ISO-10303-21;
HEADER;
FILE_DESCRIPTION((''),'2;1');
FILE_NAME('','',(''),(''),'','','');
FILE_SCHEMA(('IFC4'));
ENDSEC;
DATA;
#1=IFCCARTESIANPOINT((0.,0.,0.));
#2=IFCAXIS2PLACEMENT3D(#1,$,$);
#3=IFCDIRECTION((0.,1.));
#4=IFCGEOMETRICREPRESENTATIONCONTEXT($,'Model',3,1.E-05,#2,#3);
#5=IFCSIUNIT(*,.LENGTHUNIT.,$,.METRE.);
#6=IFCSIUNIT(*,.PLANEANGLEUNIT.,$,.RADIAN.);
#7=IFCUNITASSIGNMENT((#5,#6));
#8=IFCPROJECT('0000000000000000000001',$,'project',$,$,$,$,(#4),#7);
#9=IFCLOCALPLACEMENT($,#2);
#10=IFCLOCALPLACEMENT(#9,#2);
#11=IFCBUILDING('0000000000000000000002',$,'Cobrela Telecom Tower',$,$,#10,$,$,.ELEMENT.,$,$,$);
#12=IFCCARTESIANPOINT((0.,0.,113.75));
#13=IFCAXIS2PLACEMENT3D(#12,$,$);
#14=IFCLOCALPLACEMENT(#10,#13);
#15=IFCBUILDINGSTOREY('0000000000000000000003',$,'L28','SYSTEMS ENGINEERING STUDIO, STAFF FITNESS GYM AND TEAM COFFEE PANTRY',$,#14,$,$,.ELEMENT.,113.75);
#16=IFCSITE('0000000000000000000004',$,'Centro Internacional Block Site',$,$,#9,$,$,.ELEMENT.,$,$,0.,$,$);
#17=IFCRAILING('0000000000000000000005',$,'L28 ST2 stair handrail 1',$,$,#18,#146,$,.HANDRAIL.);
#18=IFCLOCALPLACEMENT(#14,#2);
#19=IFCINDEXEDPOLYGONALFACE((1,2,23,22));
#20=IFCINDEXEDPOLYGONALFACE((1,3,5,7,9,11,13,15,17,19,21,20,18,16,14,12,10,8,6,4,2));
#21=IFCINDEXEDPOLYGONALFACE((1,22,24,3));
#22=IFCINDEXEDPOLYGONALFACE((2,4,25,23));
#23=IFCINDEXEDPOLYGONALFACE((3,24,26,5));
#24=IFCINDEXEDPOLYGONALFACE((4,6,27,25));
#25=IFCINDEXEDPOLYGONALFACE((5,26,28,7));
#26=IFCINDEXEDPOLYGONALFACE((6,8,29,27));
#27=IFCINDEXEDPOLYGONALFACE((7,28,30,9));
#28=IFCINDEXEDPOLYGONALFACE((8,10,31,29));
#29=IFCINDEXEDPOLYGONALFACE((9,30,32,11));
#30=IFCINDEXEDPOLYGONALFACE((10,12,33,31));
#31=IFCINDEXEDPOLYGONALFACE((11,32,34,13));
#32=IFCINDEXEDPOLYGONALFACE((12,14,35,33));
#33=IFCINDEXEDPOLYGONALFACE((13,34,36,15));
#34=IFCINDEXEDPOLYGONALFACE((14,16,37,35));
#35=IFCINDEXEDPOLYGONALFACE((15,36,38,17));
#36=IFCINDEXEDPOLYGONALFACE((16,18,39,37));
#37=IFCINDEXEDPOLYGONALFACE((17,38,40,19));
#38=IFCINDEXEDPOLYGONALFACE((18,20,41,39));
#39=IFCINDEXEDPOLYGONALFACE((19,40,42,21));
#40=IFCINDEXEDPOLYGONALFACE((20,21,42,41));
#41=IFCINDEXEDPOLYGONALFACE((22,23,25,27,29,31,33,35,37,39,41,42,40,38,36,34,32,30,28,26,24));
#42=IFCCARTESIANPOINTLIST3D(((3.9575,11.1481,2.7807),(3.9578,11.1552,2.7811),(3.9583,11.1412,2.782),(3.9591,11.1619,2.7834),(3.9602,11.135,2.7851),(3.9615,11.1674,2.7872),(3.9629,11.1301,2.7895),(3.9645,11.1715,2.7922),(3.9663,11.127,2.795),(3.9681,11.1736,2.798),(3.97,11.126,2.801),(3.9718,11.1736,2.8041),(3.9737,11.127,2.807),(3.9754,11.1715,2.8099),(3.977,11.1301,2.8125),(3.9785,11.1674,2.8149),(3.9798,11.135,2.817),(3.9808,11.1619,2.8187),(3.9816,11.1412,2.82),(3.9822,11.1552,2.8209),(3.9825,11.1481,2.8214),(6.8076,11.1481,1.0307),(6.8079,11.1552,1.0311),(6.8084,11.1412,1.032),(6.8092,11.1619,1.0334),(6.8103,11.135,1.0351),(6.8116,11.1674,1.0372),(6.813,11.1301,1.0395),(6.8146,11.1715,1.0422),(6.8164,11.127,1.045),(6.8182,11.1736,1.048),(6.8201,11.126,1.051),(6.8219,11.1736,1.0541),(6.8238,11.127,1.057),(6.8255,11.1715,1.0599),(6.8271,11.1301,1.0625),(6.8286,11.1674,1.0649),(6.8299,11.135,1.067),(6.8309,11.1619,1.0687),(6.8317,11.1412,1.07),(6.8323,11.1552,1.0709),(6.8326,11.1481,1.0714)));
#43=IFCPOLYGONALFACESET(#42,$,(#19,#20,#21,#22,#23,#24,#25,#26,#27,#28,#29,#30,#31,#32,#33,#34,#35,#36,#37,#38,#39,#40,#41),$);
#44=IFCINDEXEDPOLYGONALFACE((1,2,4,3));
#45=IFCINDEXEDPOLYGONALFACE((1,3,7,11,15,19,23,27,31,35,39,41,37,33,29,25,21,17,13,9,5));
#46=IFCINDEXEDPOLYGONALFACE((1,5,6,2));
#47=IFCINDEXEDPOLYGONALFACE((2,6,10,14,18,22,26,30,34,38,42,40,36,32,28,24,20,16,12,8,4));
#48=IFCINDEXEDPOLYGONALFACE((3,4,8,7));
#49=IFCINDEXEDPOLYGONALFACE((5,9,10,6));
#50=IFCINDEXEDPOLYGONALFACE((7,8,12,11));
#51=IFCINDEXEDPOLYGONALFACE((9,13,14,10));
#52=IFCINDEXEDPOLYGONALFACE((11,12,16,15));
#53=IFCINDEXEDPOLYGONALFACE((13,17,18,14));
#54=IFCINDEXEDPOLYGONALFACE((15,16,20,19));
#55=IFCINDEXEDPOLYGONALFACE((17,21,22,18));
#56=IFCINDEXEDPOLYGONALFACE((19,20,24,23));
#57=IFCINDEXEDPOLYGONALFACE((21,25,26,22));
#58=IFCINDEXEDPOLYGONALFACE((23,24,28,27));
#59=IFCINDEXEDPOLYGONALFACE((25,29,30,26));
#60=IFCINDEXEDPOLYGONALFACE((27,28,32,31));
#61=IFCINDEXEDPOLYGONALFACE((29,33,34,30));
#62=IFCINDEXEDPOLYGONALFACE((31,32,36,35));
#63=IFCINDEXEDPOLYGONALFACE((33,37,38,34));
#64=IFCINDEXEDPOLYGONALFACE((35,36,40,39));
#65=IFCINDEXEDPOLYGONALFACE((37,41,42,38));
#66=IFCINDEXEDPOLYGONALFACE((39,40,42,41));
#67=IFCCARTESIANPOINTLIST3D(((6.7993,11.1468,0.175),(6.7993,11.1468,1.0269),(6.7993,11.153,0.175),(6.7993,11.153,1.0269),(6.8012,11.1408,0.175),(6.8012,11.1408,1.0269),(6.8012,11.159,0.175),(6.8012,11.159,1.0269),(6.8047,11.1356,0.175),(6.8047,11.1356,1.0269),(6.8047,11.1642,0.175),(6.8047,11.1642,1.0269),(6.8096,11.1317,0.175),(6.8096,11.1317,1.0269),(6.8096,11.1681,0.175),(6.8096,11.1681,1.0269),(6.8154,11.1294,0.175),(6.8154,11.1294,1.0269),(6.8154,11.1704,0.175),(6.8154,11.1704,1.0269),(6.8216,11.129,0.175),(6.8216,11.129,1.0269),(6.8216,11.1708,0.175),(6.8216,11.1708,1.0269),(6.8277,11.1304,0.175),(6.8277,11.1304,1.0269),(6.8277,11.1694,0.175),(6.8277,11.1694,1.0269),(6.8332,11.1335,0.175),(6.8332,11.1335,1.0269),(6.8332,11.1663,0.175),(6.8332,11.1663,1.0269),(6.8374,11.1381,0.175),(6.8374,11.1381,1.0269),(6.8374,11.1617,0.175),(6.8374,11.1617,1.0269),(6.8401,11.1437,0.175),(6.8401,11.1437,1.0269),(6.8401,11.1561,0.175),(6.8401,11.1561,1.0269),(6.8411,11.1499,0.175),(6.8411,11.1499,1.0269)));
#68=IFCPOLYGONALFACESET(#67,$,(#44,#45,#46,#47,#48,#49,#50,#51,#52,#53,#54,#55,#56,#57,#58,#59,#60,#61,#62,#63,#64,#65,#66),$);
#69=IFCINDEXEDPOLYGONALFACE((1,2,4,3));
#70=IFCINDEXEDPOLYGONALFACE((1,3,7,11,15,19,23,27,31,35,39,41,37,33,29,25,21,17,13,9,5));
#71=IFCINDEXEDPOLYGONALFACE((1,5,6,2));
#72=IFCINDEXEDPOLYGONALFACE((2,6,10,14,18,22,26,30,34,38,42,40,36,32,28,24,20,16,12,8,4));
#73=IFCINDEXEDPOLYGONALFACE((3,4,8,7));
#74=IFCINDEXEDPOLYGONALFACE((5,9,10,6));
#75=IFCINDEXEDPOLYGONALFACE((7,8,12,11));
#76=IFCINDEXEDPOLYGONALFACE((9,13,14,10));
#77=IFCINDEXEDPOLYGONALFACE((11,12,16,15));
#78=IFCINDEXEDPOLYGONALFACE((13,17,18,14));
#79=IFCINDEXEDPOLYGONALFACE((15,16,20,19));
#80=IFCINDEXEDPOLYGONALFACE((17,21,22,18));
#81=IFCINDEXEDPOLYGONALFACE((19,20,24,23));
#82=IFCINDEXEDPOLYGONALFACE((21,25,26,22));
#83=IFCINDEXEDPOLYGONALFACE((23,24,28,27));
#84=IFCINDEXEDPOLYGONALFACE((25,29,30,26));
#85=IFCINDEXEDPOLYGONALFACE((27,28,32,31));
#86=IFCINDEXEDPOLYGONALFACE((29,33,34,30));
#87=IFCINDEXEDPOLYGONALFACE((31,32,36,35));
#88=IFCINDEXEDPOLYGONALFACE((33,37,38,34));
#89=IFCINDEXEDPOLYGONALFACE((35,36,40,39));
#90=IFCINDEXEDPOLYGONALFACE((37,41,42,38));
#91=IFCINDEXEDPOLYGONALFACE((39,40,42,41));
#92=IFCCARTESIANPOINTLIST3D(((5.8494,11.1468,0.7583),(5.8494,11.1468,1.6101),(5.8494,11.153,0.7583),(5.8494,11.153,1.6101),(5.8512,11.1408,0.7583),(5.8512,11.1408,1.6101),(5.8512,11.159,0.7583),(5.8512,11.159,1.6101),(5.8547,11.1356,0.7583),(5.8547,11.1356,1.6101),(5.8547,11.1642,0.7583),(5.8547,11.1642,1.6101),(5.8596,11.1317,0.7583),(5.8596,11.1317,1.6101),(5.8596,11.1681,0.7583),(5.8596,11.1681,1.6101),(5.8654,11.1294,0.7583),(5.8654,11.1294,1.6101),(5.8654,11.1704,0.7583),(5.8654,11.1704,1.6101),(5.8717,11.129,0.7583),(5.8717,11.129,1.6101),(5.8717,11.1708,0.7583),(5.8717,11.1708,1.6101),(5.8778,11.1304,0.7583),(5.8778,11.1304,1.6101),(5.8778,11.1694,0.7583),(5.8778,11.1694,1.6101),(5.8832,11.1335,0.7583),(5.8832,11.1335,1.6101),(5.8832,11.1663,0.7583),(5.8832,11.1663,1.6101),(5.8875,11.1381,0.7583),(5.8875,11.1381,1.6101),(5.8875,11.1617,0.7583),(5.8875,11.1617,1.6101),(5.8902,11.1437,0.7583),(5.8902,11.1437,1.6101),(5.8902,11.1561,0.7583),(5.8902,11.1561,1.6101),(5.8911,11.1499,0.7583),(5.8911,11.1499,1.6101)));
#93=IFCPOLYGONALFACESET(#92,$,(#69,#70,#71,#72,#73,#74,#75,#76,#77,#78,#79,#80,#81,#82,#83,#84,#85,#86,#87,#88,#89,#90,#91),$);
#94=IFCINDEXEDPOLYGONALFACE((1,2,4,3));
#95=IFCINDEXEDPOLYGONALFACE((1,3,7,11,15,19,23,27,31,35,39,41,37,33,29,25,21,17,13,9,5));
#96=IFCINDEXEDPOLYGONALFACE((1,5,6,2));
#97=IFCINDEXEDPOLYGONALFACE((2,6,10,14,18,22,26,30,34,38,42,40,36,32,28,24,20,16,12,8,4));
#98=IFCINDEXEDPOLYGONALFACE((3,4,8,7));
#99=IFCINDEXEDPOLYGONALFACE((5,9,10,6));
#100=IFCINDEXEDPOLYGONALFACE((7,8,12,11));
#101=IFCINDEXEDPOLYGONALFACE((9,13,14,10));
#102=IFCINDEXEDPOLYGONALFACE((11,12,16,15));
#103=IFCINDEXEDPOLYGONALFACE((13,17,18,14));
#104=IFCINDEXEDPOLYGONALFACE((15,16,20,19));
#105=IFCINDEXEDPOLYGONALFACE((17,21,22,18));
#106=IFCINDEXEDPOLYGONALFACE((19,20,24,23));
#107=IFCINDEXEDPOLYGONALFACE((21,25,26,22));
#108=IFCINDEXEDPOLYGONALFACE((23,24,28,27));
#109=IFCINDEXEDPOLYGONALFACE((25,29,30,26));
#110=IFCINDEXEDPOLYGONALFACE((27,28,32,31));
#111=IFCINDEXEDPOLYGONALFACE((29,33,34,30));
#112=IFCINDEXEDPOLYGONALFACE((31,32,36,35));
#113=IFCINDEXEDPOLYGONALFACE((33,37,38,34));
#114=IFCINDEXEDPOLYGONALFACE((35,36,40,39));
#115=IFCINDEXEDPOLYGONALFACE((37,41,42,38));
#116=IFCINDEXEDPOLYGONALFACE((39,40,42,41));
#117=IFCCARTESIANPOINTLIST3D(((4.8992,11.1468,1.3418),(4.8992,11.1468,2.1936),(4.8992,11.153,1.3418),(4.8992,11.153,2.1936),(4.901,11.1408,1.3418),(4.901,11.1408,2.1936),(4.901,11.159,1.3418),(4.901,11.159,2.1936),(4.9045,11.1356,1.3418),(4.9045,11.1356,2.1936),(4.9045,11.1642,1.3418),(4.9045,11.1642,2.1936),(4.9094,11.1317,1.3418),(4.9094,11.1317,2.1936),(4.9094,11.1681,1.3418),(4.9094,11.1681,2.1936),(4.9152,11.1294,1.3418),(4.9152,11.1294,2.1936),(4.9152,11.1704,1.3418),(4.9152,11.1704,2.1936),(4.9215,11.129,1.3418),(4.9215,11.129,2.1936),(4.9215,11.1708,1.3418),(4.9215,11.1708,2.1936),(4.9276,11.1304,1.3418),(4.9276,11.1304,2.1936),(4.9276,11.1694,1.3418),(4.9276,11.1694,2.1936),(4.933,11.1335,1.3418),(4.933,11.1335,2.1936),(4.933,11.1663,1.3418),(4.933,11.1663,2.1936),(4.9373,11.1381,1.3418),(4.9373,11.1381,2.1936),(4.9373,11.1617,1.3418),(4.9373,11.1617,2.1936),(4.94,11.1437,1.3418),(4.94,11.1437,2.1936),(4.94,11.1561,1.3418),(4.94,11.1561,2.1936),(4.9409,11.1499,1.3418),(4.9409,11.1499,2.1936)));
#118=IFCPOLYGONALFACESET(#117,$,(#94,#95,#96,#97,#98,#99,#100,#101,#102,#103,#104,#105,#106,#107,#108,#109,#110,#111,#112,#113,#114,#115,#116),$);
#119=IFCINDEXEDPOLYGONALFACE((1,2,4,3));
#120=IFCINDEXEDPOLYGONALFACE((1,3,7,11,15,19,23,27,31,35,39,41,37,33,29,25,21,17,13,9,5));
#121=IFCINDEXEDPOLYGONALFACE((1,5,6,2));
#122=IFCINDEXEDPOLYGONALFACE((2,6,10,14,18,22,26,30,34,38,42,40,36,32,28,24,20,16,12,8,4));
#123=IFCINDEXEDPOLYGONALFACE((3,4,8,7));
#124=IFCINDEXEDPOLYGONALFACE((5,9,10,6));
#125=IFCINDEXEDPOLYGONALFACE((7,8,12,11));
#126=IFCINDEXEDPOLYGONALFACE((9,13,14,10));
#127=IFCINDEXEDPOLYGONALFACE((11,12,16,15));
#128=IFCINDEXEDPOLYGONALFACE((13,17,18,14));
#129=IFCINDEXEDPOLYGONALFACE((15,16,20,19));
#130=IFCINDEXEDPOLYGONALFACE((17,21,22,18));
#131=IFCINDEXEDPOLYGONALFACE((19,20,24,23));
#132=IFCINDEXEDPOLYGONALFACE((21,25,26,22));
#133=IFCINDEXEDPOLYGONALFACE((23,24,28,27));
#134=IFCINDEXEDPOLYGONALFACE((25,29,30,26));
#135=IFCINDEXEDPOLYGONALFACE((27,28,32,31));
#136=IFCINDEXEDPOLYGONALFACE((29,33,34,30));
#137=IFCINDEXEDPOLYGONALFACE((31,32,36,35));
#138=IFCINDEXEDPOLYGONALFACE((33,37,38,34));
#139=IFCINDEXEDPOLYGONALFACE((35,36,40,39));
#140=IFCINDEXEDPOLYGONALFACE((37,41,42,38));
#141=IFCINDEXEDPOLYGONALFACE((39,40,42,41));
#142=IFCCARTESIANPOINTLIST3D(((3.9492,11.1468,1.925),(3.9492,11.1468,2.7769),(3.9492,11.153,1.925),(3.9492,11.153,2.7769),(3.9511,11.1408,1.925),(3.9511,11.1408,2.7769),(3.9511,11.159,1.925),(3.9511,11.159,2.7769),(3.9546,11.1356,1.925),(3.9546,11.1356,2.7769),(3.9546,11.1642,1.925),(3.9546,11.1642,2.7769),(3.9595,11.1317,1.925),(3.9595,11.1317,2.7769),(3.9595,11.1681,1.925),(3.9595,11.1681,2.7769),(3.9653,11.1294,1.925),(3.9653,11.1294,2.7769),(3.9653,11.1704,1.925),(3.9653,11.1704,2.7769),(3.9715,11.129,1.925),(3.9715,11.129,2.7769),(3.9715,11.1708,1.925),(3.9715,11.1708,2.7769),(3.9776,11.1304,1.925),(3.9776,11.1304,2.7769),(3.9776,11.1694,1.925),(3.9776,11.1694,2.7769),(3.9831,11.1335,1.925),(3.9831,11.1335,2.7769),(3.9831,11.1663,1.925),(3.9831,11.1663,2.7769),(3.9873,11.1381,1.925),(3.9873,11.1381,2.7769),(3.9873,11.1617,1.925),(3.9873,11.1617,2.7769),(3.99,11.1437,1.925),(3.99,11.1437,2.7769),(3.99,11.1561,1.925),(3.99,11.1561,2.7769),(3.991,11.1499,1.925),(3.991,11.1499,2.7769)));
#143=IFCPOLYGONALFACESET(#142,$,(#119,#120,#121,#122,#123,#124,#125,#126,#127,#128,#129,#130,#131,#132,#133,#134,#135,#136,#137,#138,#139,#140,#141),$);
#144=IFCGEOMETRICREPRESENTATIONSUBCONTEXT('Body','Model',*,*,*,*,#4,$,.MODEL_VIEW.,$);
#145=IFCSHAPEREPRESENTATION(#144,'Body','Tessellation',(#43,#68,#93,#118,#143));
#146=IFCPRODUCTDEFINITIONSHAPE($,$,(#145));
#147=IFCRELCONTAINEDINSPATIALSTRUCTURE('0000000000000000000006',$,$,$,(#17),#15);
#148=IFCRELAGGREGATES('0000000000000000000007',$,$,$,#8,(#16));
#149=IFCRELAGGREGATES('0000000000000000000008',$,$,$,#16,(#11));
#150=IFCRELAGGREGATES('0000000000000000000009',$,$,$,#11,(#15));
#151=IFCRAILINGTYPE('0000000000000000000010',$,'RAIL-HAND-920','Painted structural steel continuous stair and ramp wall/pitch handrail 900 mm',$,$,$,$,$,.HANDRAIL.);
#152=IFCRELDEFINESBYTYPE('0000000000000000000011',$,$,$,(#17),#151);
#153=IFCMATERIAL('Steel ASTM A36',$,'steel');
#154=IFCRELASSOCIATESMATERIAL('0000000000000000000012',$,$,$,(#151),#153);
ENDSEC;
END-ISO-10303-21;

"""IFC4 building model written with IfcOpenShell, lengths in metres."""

from ifc_helpers import new_model, si_unit, direction, frame, origin, origin_2d, place, context, subcontext, project, spatial, circle, extrude, material, type_object, element, save


model = new_model("IFC4")

# Units and contexts
model_context = context("Model", 3, precision=1e-05, world=origin(), true_north=direction((0.0, 1.0)))
body_context = subcontext(model_context, "Body", "Model", "MODEL_VIEW")
ifc_project = project(units=[si_unit("LENGTHUNIT", "METRE"), si_unit("PLANEANGLEUNIT", "RADIAN")], contexts=[model_context])

# Site, building, storey
site_placement = place(None, origin())
site = spatial("IfcSite", under=ifc_project, at=site_placement, Name="Centro Internacional Block Site", CompositionType="ELEMENT", RefElevation=0.0)
building_placement = place(site_placement, origin())
building = spatial("IfcBuilding", under=site, at=building_placement, Name="Cobrela Telecom Tower", CompositionType="ELEMENT")
storey_placement = place(building_placement, frame((0.0, 0.0, 113.75)))
storey = spatial("IfcBuildingStorey", under=building, at=storey_placement, Name="L28", Description="SYSTEMS ENGINEERING STUDIO, STAFF FITNESS GYM AND TEAM COFFEE PANTRY", CompositionType="ELEMENT", Elevation=113.75)

# Shared definitions
ifc_material_1 = material(Name="Steel ASTM A36", Category="steel")

# Railing
railing_type_1 = type_object("IfcRailingType", Name="RAIL-HAND-920", Description="Painted structural steel continuous stair and ramp wall/pitch handrail 900 mm", PredefinedType="HANDRAIL", material=ifc_material_1)
railing_1_placement = place(storey_placement, frame((6.8201, 11.1499, 0.175)))
element("IfcRailing", 1, at=railing_1_placement, inside=storey, type_object=railing_type_1, Name="L28 ST2 stair handrail 1", PredefinedType="HANDRAIL", context=body_context, shape_type="SweptSolid", body=[
    extrude(circle(Radius=0.0239, at=origin_2d()), frame((0.0, 0.0, 0.876), z_axis=(-0.852179, 0.0, 0.52325), x_axis=(0.0, -1.0, 0.0)), (0.0, 0.0, 1.0), 3.3445),
    extrude(circle(Radius=0.021, at=origin_2d()), origin(), (0.0, 0.0, 1.0), 0.8518),
    extrude(circle(Radius=0.021, at=origin_2d()), frame((-0.95, 0.0, 0.5833)), (0.0, 0.0, 1.0), 0.8518),
    extrude(circle(Radius=0.021, at=origin_2d()), frame((-1.9001, 0.0, 1.1667)), (0.0, 0.0, 1.0), 0.8518),
    extrude(circle(Radius=0.021, at=origin_2d()), frame((-2.8501, 0.0, 1.75)), (0.0, 0.0, 1.0), 0.8518),
])

save(model, "model.ifc")
